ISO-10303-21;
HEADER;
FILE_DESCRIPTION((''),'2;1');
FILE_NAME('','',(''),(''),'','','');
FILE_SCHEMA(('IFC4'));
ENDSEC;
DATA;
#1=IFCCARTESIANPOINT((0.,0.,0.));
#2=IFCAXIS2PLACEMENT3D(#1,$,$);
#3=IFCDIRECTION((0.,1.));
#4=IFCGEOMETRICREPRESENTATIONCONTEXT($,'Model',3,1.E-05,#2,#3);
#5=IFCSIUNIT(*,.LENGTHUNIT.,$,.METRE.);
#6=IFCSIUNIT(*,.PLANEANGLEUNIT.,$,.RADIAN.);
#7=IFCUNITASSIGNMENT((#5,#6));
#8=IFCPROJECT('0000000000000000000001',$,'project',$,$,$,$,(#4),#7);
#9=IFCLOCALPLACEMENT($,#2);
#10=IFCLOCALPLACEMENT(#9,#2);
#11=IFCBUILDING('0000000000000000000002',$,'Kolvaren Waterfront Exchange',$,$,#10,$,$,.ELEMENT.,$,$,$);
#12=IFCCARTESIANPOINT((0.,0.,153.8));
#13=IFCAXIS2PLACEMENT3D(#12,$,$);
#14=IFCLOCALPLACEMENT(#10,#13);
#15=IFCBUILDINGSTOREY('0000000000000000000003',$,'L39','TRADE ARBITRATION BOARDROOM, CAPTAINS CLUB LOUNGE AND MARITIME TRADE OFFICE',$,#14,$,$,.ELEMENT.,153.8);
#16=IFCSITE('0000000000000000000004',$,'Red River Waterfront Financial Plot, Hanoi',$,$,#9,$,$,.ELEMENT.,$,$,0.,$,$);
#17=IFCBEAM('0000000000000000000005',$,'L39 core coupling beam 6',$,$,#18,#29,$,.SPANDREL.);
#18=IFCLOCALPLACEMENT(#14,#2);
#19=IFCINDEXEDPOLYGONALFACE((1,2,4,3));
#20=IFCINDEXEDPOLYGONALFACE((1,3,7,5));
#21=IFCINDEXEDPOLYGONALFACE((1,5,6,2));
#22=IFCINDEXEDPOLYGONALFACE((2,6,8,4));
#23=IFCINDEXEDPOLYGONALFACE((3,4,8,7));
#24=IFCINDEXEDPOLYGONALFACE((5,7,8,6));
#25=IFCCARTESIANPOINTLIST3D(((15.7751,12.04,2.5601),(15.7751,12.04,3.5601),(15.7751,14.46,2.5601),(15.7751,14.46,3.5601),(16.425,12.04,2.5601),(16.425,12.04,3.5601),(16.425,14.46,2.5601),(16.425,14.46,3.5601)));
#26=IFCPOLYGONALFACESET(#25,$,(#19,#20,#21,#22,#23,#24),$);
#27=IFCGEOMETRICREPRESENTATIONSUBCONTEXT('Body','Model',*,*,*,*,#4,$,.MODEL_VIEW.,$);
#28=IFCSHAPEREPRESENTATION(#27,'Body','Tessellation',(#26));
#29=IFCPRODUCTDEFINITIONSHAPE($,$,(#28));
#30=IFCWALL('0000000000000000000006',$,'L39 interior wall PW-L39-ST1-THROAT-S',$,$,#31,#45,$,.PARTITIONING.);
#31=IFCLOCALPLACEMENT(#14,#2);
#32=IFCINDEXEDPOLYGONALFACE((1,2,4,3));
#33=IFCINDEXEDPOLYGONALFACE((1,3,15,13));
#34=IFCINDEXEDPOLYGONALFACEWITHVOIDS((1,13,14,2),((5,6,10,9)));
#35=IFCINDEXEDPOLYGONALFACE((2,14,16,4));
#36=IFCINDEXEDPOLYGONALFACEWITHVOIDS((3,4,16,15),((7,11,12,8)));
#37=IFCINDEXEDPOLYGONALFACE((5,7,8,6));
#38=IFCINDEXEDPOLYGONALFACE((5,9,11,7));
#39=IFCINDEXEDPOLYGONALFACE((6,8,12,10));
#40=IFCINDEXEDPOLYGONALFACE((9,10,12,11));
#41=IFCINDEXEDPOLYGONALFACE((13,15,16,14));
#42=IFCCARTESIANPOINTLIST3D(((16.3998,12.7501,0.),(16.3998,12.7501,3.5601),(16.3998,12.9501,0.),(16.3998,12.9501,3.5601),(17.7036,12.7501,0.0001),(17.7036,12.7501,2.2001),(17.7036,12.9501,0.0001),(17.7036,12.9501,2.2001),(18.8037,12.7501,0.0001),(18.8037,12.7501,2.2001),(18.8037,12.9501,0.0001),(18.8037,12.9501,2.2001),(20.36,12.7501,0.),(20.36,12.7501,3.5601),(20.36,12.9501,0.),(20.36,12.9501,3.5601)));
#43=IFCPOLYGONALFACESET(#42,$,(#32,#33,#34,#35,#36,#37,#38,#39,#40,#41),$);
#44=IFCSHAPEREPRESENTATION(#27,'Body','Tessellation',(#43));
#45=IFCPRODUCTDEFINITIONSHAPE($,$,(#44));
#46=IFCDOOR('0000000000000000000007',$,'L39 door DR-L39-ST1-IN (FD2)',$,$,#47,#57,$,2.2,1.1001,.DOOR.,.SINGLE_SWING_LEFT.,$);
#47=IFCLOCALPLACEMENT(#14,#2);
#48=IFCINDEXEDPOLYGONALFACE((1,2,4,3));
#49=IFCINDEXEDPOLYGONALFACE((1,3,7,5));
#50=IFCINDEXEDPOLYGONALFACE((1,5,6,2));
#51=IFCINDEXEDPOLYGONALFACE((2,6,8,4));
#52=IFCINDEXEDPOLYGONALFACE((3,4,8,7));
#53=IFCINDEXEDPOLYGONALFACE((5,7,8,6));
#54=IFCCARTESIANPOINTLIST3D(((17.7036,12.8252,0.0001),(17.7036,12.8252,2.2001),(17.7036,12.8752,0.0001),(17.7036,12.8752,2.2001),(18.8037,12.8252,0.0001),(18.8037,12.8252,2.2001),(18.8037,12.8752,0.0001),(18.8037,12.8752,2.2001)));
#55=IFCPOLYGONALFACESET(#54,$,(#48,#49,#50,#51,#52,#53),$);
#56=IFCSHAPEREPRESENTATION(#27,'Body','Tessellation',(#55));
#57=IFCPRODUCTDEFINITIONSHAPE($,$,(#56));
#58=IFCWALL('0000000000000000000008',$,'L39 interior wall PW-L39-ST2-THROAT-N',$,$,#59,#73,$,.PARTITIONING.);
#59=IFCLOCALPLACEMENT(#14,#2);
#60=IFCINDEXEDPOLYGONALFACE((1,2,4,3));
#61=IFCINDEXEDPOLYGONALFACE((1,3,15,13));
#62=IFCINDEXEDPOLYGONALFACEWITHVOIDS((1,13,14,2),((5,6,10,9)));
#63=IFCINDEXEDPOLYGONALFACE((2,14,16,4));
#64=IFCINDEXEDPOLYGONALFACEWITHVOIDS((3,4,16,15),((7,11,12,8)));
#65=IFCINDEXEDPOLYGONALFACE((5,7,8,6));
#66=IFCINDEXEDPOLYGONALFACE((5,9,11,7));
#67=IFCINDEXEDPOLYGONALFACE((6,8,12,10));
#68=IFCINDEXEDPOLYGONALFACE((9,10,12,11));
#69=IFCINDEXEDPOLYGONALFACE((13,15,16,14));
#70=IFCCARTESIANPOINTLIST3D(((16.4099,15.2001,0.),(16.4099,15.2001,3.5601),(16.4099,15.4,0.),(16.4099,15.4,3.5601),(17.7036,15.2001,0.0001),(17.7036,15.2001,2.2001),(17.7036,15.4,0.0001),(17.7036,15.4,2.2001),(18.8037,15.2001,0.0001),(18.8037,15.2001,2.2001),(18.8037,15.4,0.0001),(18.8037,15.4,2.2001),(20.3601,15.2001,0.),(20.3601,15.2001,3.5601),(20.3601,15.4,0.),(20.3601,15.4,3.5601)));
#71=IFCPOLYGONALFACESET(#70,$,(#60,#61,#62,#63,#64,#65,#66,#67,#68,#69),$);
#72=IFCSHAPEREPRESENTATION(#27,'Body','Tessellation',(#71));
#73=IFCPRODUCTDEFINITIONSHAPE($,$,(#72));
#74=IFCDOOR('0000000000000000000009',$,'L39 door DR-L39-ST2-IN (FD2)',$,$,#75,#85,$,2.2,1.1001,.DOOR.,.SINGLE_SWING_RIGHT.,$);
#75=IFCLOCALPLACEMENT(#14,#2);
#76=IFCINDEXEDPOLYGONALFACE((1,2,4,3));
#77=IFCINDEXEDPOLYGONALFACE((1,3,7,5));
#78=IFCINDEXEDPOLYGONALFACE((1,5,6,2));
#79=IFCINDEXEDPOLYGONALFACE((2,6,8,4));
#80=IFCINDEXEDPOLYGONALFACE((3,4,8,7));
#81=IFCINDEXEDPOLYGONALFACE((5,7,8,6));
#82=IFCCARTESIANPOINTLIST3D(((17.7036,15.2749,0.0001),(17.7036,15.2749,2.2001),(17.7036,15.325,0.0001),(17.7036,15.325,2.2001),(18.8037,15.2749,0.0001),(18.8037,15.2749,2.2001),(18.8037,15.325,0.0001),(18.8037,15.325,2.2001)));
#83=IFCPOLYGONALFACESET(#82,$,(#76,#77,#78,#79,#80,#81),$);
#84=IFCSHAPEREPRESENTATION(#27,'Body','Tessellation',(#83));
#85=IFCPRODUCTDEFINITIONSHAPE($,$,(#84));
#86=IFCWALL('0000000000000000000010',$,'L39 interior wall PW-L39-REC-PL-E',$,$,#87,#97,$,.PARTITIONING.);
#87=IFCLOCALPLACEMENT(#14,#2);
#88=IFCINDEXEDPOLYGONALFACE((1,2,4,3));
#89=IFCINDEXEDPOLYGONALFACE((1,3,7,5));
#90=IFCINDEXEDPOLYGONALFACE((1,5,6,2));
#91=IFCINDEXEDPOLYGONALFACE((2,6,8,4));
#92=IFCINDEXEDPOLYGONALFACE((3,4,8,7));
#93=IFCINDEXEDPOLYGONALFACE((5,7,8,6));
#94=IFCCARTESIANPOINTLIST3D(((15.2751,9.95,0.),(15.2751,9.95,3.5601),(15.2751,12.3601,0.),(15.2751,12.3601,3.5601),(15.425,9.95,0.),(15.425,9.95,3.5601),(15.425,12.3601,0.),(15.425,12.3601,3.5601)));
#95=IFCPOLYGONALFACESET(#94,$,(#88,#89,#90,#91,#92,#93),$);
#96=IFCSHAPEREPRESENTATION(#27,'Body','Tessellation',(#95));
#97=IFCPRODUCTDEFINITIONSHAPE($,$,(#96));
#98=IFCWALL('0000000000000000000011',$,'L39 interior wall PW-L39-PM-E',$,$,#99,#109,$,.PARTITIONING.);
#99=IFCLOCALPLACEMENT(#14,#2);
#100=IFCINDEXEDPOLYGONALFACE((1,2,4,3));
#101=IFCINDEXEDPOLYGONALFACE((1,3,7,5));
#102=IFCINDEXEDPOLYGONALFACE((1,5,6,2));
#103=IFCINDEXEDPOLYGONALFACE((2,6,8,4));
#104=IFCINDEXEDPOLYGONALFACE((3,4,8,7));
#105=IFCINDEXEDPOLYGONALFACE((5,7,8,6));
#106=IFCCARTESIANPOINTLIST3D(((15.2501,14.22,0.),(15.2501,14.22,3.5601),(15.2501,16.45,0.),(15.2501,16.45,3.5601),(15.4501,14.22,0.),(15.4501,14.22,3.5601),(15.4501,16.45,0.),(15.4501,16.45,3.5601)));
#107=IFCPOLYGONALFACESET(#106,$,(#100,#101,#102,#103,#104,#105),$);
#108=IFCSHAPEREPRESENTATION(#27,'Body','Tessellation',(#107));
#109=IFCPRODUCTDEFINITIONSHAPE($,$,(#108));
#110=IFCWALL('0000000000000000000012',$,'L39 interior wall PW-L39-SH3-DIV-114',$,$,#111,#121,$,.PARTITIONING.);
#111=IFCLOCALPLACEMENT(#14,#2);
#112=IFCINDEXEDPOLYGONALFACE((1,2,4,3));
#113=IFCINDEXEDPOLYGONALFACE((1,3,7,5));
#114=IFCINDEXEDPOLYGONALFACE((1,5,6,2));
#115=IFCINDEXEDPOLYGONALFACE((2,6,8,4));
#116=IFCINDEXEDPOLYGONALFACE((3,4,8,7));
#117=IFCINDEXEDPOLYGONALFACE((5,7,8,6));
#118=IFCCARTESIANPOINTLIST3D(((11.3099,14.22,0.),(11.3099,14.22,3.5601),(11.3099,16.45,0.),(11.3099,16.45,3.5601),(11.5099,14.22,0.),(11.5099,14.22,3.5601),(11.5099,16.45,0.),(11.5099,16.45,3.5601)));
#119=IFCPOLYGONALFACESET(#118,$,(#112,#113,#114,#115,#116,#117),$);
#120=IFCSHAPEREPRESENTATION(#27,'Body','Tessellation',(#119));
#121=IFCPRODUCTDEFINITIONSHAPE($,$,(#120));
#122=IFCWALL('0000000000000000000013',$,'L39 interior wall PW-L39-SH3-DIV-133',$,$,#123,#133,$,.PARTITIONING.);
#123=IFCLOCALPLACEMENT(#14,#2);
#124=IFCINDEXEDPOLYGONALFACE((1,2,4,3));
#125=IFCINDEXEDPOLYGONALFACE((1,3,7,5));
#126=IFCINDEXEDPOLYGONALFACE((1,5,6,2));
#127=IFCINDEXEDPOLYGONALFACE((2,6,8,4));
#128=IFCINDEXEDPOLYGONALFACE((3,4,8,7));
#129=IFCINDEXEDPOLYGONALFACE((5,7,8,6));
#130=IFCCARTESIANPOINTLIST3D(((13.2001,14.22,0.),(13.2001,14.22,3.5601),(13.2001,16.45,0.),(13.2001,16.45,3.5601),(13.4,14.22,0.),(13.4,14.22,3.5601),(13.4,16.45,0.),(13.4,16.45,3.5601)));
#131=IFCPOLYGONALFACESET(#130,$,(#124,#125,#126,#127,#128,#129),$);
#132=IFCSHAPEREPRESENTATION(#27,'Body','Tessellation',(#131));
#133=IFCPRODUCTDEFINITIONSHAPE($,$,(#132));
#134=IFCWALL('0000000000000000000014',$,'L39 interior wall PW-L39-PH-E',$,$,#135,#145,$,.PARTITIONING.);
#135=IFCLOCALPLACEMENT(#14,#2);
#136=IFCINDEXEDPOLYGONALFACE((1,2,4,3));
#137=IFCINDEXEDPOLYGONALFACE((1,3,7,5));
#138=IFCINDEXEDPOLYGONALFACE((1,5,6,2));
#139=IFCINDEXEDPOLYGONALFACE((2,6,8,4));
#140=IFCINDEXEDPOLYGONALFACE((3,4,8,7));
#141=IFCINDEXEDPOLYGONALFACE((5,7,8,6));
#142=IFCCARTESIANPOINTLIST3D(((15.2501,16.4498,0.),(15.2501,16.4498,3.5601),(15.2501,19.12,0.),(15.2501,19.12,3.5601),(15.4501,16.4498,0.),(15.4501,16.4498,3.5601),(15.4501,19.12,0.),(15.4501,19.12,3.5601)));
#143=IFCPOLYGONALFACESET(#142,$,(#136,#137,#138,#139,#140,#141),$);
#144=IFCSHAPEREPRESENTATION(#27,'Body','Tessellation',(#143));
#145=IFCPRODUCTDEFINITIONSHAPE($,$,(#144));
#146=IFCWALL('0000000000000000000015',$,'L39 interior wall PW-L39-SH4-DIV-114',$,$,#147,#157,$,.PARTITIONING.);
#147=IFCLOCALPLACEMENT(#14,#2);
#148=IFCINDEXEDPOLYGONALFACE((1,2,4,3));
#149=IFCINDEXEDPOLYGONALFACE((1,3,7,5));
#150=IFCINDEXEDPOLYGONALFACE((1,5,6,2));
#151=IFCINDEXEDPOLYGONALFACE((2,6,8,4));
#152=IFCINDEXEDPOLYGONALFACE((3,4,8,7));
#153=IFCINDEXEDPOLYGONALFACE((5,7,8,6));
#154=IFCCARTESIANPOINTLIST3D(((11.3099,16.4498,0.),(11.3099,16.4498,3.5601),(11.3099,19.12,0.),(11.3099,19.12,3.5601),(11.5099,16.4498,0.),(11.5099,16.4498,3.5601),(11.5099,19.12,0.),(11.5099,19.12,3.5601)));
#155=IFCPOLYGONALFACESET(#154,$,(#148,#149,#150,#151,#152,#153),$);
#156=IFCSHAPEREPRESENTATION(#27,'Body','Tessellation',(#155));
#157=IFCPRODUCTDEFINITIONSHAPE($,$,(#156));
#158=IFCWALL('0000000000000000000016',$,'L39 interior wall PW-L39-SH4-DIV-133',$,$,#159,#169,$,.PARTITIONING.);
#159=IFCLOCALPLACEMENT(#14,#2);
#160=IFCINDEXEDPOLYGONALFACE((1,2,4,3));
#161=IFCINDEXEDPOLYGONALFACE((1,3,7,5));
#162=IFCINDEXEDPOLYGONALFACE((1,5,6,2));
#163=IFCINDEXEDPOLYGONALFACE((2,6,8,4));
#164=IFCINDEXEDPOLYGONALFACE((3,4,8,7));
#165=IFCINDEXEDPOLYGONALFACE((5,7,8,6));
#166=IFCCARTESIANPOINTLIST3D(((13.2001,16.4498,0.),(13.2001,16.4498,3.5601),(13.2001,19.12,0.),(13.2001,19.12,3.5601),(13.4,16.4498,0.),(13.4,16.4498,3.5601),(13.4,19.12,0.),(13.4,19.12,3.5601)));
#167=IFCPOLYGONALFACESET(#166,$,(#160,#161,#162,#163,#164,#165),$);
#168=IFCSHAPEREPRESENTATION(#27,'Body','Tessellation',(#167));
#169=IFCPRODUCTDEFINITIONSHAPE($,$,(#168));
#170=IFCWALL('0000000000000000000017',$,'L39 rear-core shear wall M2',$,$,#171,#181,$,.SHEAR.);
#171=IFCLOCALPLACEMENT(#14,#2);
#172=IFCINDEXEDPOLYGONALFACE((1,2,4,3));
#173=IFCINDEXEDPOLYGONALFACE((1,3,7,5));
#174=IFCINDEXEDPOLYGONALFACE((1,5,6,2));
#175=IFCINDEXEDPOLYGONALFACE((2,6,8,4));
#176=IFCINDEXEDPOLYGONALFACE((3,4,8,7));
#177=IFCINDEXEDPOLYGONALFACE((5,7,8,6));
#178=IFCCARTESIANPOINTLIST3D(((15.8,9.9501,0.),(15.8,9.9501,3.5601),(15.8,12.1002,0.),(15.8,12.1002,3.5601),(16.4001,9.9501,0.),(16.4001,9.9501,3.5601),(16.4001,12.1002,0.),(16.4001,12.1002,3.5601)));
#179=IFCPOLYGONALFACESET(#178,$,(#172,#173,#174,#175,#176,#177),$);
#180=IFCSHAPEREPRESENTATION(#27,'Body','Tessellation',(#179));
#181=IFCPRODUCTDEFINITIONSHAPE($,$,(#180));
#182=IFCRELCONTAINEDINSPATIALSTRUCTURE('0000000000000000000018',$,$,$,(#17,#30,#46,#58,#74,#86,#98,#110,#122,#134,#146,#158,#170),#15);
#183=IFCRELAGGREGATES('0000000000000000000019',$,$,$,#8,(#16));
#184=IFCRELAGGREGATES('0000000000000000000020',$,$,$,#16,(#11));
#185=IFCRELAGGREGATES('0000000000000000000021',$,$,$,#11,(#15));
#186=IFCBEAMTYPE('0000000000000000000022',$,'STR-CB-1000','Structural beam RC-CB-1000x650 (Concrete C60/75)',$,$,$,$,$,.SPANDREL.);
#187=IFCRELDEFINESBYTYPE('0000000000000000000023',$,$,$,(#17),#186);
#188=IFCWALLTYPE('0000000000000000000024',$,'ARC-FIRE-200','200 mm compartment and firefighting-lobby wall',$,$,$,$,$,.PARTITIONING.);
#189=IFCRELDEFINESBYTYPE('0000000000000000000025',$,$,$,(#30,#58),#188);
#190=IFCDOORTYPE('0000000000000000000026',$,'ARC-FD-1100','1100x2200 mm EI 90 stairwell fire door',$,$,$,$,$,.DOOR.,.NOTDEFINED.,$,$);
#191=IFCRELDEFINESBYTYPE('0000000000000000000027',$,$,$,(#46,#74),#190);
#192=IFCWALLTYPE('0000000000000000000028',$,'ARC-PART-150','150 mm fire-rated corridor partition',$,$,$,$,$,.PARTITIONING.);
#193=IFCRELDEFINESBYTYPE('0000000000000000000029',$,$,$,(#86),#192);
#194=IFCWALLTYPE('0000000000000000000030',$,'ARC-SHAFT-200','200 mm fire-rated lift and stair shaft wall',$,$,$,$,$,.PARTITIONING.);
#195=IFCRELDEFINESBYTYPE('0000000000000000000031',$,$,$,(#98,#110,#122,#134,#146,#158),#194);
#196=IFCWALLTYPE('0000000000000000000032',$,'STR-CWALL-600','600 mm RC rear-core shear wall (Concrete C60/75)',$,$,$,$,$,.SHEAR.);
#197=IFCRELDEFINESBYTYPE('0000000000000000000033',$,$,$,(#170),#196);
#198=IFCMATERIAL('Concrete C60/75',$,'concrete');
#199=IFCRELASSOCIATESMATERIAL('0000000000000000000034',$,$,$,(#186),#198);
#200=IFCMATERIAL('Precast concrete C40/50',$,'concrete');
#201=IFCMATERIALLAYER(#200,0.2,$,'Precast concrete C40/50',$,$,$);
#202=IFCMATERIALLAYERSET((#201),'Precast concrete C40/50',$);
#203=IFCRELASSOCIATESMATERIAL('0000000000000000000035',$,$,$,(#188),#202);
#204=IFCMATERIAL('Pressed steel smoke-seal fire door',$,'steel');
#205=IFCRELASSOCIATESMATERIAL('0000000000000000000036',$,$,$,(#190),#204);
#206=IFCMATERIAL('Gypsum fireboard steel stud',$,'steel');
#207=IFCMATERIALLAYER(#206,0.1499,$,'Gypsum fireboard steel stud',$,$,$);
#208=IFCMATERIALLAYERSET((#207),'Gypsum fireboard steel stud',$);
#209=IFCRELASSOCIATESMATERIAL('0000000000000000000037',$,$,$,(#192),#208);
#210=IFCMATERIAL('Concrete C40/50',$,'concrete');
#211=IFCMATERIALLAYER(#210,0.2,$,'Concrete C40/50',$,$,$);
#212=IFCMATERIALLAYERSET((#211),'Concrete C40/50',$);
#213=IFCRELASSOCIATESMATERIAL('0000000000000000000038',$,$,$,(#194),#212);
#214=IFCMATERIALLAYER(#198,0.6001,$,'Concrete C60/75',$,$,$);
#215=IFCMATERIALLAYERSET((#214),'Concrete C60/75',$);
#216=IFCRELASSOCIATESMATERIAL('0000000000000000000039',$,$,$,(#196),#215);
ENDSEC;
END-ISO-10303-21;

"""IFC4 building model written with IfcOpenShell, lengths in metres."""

from ifc_helpers import new_model, si_unit, direction, frame, frame_2d, origin, origin_2d, place, context, subcontext, project, spatial, rectangle, extrude, material, layer, layer_set, material_profile, profile_set, type_object, element, fill, save


model = new_model("IFC4")

# Units and contexts
model_context = context("Model", 3, precision=1e-05, world=origin(), true_north=direction((0.0, 1.0)))
body_context = subcontext(model_context, "Body", "Model", "MODEL_VIEW")
ifc_project = project(units=[si_unit("LENGTHUNIT", "METRE"), si_unit("PLANEANGLEUNIT", "RADIAN")], contexts=[model_context])

# Site, building, storey
site_placement = place(None, origin())
site = spatial("IfcSite", under=ifc_project, at=site_placement, Name="Red River Waterfront Financial Plot, Hanoi", CompositionType="ELEMENT", RefElevation=0.0)
building_placement = place(site_placement, origin())
building = spatial("IfcBuilding", under=site, at=building_placement, Name="Kolvaren Waterfront Exchange", CompositionType="ELEMENT")
storey_placement = place(building_placement, frame((0.0, 0.0, 153.8)))
storey = spatial("IfcBuildingStorey", under=building, at=storey_placement, Name="L39", Description="TRADE ARBITRATION BOARDROOM, CAPTAINS CLUB LOUNGE AND MARITIME TRADE OFFICE", CompositionType="ELEMENT", Elevation=153.8)

# Beam
ifc_material_1 = material(Name="Concrete C60/75", Category="concrete")
ifc_material_profile = material_profile(ifc_material_1, rectangle(XDim=0.6499, YDim=1.0, at=origin_2d()), Name="RC-CB-1000x650")
ifc_profile_set = profile_set([ifc_material_profile], Name="Concrete C60/75")
beam_type = type_object("IfcBeamType", Name="STR-CB-1000", Description="Structural beam RC-CB-1000x650 (Concrete C60/75)", PredefinedType="SPANDREL", material=ifc_profile_set)
beam_placement = place(storey_placement, frame((16.1001, 12.04, 3.0601), z_axis=(0.0, 1.0, 0.0), x_axis=(-1.0, 0.0, 0.0)))
element("IfcBeam", 1, at=beam_placement, inside=storey, type_object=beam_type, Name="L39 core coupling beam 6", PredefinedType="SPANDREL", context=body_context, shape_type="SweptSolid", body=[
    extrude(rectangle(XDim=0.6499, YDim=1.0, at=origin_2d()), origin(), (0.0, 0.0, 1.0), 2.4199),
])

# Walls, openings, doors
ifc_material_2 = material(Name="Precast concrete C40/50", Category="concrete")
ifc_layer_1 = layer(ifc_material_2, 0.2, Name="Precast concrete C40/50")
ifc_layer_set_1 = layer_set([ifc_layer_1], Name="Precast concrete C40/50")
wall_type_1 = type_object("IfcWallType", Name="ARC-FIRE-200", Description="200 mm compartment and firefighting-lobby wall", PredefinedType="PARTITIONING", material=ifc_layer_set_1)
wall_1_placement = place(storey_placement, frame((16.3999, 12.8501, 0.0), z_axis=(0.0, 0.0, 1.0), x_axis=(1.0, 0.0, 0.0)))
wall_1 = element("IfcWall", 2, at=wall_1_placement, inside=storey, type_object=wall_type_1, Name="L39 interior wall PW-L39-ST1-THROAT-S", PredefinedType="PARTITIONING", context=body_context, shape_type="SweptSolid", body=[
    extrude(rectangle(XDim=3.9602, YDim=0.2, at=frame_2d((1.98, 0.0))), origin(), (0.0, 0.0, 1.0), 3.5601),
])
opening_1_placement = place(wall_1_placement, frame((1.3037, 0.0, 0.0)))
opening_1 = element("IfcOpeningElement", 3, at=opening_1_placement, cuts=wall_1, PredefinedType="OPENING", context=body_context, shape_type="SweptSolid", body=[
    extrude(rectangle(XDim=1.1001, YDim=2.2, at=frame_2d((0.55, 1.1001))), frame((0.0, 0.1099, 0.0), z_axis=(0.0, -1.0, 0.0), x_axis=(1.0, 0.0, 0.0)), (0.0, 0.0, 1.0), 0.22),
])
ifc_material_3 = material(Name="Pressed steel smoke-seal fire door", Category="steel")
door_type = type_object("IfcDoorType", Name="ARC-FD-1100", Description="1100x2200 mm EI 90 stairwell fire door", OperationType="NOTDEFINED", PredefinedType="DOOR", material=ifc_material_3)
door_1_placement = place(opening_1_placement, frame((1.1001, 0.0, 0.0), z_axis=(0.0, 0.0, 1.0), x_axis=(-1.0, 0.0, 0.0)))
door_1 = element("IfcDoor", 4, at=door_1_placement, inside=storey, type_object=door_type, Name="L39 door DR-L39-ST1-IN (FD2)", OperationType="SINGLE_SWING_LEFT", OverallHeight=2.2, OverallWidth=1.1001, PredefinedType="DOOR", context=body_context, shape_type="SweptSolid", body=[
    extrude(rectangle(XDim=1.1001, YDim=2.2, at=frame_2d((0.55, 1.1001))), frame((0.0, 0.0249, 0.0), z_axis=(0.0, -1.0, 0.0), x_axis=(1.0, 0.0, 0.0)), (0.0, 0.0, 1.0), 0.05),
])
fill(opening_1, door_1)
wall_2_placement = place(storey_placement, frame((16.4099, 15.3, 0.0), z_axis=(0.0, 0.0, 1.0), x_axis=(1.0, 0.0, 0.0)))
wall_2 = element("IfcWall", 5, at=wall_2_placement, inside=storey, type_object=wall_type_1, Name="L39 interior wall PW-L39-ST2-THROAT-N", PredefinedType="PARTITIONING", context=body_context, shape_type="SweptSolid", body=[
    extrude(rectangle(XDim=3.9502, YDim=0.2, at=frame_2d((1.9751, 0.0))), origin(), (0.0, 0.0, 1.0), 3.5601),
])
opening_2_placement = place(wall_2_placement, frame((1.2937, 0.0, 0.0)))
opening_2 = element("IfcOpeningElement", 6, at=opening_2_placement, cuts=wall_2, PredefinedType="OPENING", context=body_context, shape_type="SweptSolid", body=[
    extrude(rectangle(XDim=1.1001, YDim=2.2, at=frame_2d((0.55, 1.1001))), frame((0.0, 0.1099, 0.0), z_axis=(0.0, -1.0, 0.0), x_axis=(1.0, 0.0, 0.0)), (0.0, 0.0, 1.0), 0.22),
])
door_2_placement = place(opening_2_placement, origin())
door_2 = element("IfcDoor", 7, at=door_2_placement, inside=storey, type_object=door_type, Name="L39 door DR-L39-ST2-IN (FD2)", OperationType="SINGLE_SWING_RIGHT", OverallHeight=2.2, OverallWidth=1.1001, PredefinedType="DOOR", context=body_context, shape_type="SweptSolid", body=[
    extrude(rectangle(XDim=1.1001, YDim=2.2, at=frame_2d((0.55, 1.1001))), frame((0.0, 0.0249, 0.0), z_axis=(0.0, -1.0, 0.0), x_axis=(1.0, 0.0, 0.0)), (0.0, 0.0, 1.0), 0.05),
])
fill(opening_2, door_2)

# Walls
ifc_material_4 = material(Name="Gypsum fireboard steel stud", Category="steel")
ifc_layer_2 = layer(ifc_material_4, 0.1499, Name="Gypsum fireboard steel stud")
ifc_layer_set_2 = layer_set([ifc_layer_2], Name="Gypsum fireboard steel stud")
wall_type_2 = type_object("IfcWallType", Name="ARC-PART-150", Description="150 mm fire-rated corridor partition", PredefinedType="PARTITIONING", material=ifc_layer_set_2)
wall_3_placement = place(storey_placement, frame((15.3501, 9.95, 0.0), z_axis=(0.0, 0.0, 1.0), x_axis=(0.0, 1.0, 0.0)))
element("IfcWall", 8, at=wall_3_placement, inside=storey, type_object=wall_type_2, Name="L39 interior wall PW-L39-REC-PL-E", PredefinedType="PARTITIONING", context=body_context, shape_type="SweptSolid", body=[
    extrude(rectangle(XDim=2.4102, YDim=0.1499, at=frame_2d((1.2051, 0.0))), origin(), (0.0, 0.0, 1.0), 3.5601),
])
ifc_material_5 = material(Name="Concrete C40/50", Category="concrete")
ifc_layer_3 = layer(ifc_material_5, 0.2, Name="Concrete C40/50")
ifc_layer_set_3 = layer_set([ifc_layer_3], Name="Concrete C40/50")
wall_type_3 = type_object("IfcWallType", Name="ARC-SHAFT-200", Description="200 mm fire-rated lift and stair shaft wall", PredefinedType="PARTITIONING", material=ifc_layer_set_3)
for number, where, z_axis, x_axis, name in (
    (9, (15.3501, 14.22, 0.0), (0.0, 0.0, 1.0), (0.0, 1.0, 0.0), "L39 interior wall PW-L39-PM-E"),
    (10, (11.4099, 14.22, 0.0), (0.0, 0.0, 1.0), (0.0, 1.0, 0.0), "L39 interior wall PW-L39-SH3-DIV-114"),
    (11, (13.3, 14.22, 0.0), (0.0, 0.0, 1.0), (0.0, 1.0, 0.0), "L39 interior wall PW-L39-SH3-DIV-133"),
):
    element("IfcWall", number, at=place(storey_placement, frame(where, z_axis=z_axis, x_axis=x_axis)), inside=storey, type_object=wall_type_3, Name=name, PredefinedType="PARTITIONING", context=body_context, shape_type="SweptSolid", body=[
        extrude(rectangle(XDim=2.23, YDim=0.2, at=frame_2d((1.115, 0.0))), origin(), (0.0, 0.0, 1.0), 3.5601),
    ])
for number, where, z_axis, x_axis, name in (
    (12, (15.3501, 16.45, 0.0), (0.0, 0.0, 1.0), (0.0, 1.0, 0.0), "L39 interior wall PW-L39-PH-E"),
    (13, (11.4099, 16.45, 0.0), (0.0, 0.0, 1.0), (0.0, 1.0, 0.0), "L39 interior wall PW-L39-SH4-DIV-114"),
    (14, (13.3, 16.45, 0.0), (0.0, 0.0, 1.0), (0.0, 1.0, 0.0), "L39 interior wall PW-L39-SH4-DIV-133"),
):
    element("IfcWall", number, at=place(storey_placement, frame(where, z_axis=z_axis, x_axis=x_axis)), inside=storey, type_object=wall_type_3, Name=name, PredefinedType="PARTITIONING", context=body_context, shape_type="SweptSolid", body=[
        extrude(rectangle(XDim=2.6702, YDim=0.2, at=frame_2d((1.335, 0.0))), origin(), (0.0, 0.0, 1.0), 3.5601),
    ])
ifc_layer_4 = layer(ifc_material_1, 0.6001, Name="Concrete C60/75")
ifc_layer_set_4 = layer_set([ifc_layer_4], Name="Concrete C60/75")
wall_type_4 = type_object("IfcWallType", Name="STR-CWALL-600", Description="600 mm RC rear-core shear wall (Concrete C60/75)", PredefinedType="SHEAR", material=ifc_layer_set_4)
wall_4_placement = place(storey_placement, frame((16.1001, 9.95, 0.0), z_axis=(0.0, 0.0, 1.0), x_axis=(0.0, 1.0, 0.0)))
element("IfcWall", 15, at=wall_4_placement, inside=storey, type_object=wall_type_4, Name="L39 rear-core shear wall M2", PredefinedType="SHEAR", context=body_context, shape_type="SweptSolid", body=[
    extrude(rectangle(XDim=2.1501, YDim=0.6001, at=frame_2d((1.0752, 0.0))), origin(), (0.0, 0.0, 1.0), 3.5601),
])

save(model, "model.ifc")
